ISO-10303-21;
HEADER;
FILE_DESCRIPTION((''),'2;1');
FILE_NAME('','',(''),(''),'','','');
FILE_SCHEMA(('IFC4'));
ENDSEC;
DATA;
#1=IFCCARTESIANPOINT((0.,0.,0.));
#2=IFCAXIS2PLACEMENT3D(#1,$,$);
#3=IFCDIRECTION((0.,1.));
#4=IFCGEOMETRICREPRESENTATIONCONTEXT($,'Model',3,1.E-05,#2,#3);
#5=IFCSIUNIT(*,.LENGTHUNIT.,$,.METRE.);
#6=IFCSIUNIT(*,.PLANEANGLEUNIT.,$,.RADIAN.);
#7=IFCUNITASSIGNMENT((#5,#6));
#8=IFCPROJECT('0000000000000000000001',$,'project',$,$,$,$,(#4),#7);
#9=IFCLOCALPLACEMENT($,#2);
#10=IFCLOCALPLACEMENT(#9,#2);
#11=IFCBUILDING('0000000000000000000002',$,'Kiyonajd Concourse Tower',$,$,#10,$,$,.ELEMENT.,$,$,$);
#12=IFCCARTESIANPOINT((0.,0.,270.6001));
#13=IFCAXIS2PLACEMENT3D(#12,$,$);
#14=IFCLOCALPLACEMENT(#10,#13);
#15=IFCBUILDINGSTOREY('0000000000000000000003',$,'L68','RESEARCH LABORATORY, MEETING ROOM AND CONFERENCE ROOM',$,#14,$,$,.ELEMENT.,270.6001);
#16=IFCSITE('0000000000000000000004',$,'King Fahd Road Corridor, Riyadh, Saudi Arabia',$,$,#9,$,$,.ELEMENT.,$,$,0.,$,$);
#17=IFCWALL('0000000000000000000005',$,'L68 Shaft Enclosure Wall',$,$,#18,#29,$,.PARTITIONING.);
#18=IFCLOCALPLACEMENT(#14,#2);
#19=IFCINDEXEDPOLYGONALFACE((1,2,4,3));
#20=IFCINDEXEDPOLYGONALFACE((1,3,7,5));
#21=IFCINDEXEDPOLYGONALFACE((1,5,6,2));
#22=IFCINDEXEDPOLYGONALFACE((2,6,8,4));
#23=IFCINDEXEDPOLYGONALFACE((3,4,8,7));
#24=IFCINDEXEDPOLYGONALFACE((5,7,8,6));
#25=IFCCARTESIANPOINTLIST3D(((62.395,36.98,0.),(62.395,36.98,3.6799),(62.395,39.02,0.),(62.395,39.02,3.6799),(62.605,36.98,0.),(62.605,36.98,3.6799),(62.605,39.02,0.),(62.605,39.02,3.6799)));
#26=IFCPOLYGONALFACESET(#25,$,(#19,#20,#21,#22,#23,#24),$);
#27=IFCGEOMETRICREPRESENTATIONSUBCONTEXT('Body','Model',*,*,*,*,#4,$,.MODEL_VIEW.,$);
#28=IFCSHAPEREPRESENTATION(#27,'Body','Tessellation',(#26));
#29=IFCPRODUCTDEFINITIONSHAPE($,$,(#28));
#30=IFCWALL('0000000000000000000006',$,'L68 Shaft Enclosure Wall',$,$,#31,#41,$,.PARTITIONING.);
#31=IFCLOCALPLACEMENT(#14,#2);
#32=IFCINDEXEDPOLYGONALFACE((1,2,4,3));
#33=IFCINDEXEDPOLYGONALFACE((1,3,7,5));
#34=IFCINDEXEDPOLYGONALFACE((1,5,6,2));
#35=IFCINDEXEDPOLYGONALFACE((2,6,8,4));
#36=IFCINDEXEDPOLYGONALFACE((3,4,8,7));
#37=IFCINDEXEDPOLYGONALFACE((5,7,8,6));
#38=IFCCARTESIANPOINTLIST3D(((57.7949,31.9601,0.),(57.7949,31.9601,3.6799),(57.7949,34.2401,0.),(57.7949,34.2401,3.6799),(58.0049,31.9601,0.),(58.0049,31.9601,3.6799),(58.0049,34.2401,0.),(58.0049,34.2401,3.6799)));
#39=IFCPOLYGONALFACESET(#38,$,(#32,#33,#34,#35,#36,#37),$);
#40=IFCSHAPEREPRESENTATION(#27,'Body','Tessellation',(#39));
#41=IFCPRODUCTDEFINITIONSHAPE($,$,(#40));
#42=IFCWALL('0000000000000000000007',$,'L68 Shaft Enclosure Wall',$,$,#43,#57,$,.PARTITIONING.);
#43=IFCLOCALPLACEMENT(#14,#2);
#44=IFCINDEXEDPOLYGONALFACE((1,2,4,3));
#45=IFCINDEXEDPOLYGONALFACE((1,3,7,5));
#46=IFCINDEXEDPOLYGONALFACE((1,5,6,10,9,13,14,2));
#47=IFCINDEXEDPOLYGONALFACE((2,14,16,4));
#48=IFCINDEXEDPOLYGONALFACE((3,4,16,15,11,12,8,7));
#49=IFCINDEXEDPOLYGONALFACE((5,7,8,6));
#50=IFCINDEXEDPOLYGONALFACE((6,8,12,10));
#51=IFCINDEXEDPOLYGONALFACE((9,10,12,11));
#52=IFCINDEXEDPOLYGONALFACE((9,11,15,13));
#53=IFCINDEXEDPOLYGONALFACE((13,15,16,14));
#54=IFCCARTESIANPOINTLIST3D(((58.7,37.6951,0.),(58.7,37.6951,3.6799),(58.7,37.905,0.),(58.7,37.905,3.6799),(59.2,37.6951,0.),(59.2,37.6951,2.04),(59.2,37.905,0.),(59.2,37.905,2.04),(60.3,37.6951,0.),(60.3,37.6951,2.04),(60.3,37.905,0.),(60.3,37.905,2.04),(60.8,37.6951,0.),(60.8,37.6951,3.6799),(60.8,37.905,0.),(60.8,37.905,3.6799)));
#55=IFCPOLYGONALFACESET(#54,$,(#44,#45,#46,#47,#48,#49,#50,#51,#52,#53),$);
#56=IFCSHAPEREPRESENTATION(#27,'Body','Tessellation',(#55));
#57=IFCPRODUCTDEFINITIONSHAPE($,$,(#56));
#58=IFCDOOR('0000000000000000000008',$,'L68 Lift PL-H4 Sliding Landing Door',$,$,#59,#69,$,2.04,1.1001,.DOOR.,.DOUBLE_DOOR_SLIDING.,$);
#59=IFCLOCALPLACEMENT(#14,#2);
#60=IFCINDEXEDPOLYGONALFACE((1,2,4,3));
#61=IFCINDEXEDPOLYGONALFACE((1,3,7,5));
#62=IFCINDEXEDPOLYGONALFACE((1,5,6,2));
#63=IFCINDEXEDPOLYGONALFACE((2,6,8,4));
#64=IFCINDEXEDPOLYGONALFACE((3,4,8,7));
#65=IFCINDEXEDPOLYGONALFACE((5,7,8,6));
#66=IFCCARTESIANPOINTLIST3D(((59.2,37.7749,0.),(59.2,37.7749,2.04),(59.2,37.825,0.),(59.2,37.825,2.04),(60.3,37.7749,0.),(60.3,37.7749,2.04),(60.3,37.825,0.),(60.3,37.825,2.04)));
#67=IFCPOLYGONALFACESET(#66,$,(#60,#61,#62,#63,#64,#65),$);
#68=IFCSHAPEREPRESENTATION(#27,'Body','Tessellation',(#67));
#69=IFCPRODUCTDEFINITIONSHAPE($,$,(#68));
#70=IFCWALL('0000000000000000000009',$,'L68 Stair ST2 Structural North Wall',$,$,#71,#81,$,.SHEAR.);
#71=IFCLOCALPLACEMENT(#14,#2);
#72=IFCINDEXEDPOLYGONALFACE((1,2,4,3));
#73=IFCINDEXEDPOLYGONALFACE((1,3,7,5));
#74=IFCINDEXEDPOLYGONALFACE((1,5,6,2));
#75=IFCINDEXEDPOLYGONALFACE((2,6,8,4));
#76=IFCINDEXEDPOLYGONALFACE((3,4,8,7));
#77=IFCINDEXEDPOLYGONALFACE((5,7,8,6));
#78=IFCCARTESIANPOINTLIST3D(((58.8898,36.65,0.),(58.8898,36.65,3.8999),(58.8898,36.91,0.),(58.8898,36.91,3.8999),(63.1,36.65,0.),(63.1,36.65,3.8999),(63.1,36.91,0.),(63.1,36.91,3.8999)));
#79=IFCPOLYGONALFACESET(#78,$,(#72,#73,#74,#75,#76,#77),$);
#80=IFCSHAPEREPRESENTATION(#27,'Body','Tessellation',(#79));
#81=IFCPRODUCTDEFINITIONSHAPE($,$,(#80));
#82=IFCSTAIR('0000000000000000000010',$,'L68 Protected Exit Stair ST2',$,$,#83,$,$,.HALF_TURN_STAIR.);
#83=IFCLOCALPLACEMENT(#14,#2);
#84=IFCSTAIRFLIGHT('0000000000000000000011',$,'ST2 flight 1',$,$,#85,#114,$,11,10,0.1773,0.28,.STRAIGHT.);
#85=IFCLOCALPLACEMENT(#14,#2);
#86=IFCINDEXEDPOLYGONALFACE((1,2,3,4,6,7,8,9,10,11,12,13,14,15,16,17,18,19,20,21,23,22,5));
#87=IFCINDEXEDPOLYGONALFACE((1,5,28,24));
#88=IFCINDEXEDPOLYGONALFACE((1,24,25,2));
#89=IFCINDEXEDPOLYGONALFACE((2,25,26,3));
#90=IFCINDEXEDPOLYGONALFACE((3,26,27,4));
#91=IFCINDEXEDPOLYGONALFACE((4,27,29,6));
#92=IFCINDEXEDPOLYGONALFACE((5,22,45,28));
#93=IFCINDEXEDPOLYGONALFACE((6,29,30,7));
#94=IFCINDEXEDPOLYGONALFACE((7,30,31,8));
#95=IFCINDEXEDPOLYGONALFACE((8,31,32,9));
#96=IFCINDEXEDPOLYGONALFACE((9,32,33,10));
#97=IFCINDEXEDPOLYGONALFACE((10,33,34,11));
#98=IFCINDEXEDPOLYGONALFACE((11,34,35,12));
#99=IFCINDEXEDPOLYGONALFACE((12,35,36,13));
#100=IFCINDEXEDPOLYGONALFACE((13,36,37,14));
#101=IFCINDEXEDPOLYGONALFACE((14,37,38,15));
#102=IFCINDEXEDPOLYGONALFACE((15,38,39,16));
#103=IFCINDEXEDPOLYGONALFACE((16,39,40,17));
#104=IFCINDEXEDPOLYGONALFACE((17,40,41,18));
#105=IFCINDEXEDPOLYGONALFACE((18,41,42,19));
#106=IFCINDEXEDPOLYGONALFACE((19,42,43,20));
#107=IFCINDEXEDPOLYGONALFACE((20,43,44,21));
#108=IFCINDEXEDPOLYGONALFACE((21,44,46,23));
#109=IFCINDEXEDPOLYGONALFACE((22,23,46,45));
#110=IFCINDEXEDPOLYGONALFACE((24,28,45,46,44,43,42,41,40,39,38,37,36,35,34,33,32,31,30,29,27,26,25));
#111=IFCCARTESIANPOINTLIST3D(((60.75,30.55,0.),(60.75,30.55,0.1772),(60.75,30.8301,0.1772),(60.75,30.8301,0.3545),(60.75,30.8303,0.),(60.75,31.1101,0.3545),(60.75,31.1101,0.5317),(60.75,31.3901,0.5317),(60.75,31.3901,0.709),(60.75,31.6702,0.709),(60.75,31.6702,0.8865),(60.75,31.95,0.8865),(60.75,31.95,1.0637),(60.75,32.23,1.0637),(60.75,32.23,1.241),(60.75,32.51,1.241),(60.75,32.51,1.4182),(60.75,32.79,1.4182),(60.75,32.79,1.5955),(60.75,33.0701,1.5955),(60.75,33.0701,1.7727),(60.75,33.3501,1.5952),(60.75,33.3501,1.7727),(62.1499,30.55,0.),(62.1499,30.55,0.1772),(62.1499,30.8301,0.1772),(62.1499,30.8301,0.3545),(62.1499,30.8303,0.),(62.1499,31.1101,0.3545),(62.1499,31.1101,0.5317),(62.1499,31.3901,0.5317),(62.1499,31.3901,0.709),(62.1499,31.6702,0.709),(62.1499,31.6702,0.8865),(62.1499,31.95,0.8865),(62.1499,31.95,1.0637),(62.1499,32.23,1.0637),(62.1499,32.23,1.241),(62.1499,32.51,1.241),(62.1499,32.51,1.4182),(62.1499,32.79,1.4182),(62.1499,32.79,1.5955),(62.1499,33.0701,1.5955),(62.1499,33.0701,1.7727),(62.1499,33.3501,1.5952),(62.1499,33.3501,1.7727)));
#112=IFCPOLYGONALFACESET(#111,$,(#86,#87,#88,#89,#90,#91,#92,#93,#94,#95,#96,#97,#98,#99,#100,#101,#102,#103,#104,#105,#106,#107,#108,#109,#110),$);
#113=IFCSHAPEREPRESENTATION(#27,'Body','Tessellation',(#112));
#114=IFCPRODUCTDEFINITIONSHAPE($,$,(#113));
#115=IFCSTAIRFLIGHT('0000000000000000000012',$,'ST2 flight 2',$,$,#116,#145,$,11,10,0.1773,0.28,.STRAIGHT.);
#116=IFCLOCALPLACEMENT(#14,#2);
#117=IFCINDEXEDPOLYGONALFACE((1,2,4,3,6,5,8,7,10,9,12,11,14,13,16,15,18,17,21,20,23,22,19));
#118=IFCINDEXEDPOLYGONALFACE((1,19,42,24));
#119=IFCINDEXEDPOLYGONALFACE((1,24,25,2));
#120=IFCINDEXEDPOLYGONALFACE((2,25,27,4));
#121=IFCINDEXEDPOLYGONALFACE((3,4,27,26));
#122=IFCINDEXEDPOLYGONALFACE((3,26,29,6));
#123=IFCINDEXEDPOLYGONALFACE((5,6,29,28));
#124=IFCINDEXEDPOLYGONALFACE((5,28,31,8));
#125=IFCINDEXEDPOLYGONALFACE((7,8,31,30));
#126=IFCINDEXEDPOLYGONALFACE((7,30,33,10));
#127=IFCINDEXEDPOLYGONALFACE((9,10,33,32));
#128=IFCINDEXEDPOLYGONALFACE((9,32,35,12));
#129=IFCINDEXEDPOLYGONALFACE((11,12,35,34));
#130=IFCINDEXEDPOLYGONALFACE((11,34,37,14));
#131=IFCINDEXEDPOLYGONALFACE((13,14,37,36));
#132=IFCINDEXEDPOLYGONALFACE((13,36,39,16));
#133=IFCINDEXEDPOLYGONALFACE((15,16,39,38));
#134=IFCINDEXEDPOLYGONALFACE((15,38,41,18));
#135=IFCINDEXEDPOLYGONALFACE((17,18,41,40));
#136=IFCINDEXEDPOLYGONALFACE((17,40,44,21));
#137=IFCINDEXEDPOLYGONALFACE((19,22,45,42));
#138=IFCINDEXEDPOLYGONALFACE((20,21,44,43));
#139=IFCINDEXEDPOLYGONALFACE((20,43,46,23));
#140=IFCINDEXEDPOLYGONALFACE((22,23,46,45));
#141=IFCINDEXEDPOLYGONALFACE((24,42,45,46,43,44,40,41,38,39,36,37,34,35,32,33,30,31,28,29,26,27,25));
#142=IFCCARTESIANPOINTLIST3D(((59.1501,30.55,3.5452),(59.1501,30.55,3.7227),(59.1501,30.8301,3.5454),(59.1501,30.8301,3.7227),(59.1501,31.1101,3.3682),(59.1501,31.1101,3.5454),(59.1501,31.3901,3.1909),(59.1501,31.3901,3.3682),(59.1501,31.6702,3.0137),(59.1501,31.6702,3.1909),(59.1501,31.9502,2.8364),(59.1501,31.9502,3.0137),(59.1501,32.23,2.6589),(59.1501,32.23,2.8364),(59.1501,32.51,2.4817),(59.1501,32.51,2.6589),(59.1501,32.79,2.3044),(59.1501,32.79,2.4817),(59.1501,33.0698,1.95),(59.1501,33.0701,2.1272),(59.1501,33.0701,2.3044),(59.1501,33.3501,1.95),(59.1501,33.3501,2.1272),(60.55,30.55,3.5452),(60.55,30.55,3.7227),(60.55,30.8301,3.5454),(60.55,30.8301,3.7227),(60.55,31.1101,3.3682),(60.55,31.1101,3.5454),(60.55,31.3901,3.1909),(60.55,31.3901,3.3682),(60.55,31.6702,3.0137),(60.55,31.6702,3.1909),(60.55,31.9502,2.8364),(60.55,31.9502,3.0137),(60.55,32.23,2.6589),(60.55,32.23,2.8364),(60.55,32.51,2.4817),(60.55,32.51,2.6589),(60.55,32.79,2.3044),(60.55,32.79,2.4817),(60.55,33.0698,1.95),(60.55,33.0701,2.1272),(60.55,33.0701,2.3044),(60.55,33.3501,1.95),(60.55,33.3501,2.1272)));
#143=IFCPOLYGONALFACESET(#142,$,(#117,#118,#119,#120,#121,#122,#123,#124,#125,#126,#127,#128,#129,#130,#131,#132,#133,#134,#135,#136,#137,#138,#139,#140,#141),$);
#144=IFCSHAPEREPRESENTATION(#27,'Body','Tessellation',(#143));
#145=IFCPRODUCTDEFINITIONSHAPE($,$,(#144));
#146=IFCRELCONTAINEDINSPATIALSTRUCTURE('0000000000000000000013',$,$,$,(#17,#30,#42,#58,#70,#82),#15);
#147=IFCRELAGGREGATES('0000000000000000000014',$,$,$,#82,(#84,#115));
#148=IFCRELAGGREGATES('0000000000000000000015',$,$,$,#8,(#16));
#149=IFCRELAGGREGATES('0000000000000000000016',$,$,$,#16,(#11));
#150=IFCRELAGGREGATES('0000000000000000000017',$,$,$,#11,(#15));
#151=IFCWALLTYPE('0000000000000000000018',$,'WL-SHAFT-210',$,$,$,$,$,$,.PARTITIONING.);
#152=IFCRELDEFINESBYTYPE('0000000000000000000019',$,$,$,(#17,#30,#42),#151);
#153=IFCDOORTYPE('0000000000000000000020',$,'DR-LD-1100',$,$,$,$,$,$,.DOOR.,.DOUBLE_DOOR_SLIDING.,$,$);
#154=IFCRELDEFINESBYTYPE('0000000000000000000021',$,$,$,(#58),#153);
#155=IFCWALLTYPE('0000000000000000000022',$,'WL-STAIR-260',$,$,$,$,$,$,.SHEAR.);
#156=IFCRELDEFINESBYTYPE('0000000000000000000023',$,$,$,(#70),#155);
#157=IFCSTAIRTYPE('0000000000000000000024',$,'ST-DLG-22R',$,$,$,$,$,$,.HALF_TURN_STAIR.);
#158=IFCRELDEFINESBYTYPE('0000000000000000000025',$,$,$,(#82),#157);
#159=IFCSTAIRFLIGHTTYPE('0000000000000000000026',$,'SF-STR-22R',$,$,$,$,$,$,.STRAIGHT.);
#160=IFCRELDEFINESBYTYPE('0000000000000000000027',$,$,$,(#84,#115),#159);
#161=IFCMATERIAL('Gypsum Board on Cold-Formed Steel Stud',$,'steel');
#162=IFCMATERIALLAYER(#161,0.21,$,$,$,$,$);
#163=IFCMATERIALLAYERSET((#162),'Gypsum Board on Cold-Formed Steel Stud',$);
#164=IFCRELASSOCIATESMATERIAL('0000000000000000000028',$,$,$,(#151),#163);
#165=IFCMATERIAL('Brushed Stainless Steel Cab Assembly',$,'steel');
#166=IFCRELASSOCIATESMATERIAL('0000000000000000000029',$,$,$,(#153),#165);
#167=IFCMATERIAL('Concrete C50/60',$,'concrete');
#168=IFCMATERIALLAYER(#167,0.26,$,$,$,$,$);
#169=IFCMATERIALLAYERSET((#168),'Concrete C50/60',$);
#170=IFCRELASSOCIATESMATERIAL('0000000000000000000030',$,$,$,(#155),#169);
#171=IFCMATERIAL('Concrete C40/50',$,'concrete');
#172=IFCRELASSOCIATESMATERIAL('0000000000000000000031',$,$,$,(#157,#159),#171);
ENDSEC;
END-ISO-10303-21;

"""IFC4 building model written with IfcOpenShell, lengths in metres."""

from ifc_helpers import new_model, si_unit, direction, frame, frame_2d, origin, place, context, subcontext, project, spatial, polyline, rectangle, outline, extrude, material, layer, layer_set, type_object, element, fill, aggregate, save


model = new_model("IFC4")

# Units and contexts
model_context = context("Model", 3, precision=1e-05, world=origin(), true_north=direction((0.0, 1.0)))
body_context = subcontext(model_context, "Body", "Model", "MODEL_VIEW")
ifc_project = project(units=[si_unit("LENGTHUNIT", "METRE"), si_unit("PLANEANGLEUNIT", "RADIAN")], contexts=[model_context])

# Site, building, storey
site_placement = place(None, origin())
site = spatial("IfcSite", under=ifc_project, at=site_placement, Name="King Fahd Road Corridor, Riyadh, Saudi Arabia", CompositionType="ELEMENT", RefElevation=0.0)
building_placement = place(site_placement, origin())
building = spatial("IfcBuilding", under=site, at=building_placement, Name="Kiyonajd Concourse Tower", CompositionType="ELEMENT")
storey_placement = place(building_placement, frame((0.0, 0.0, 270.6001)))
storey = spatial("IfcBuildingStorey", under=building, at=storey_placement, Name="L68", Description="RESEARCH LABORATORY, MEETING ROOM AND CONFERENCE ROOM", CompositionType="ELEMENT", Elevation=270.6001)

# Shared definitions
ifc_material_1 = material(Name="Concrete C50/60", Category="concrete")

# Walls
ifc_material_2 = material(Name="Gypsum Board on Cold-Formed Steel Stud", Category="steel")
ifc_layer_1 = layer(ifc_material_2, 0.21)
ifc_layer_set_1 = layer_set([ifc_layer_1], Name="Gypsum Board on Cold-Formed Steel Stud")
wall_type_1 = type_object("IfcWallType", Name="WL-SHAFT-210", PredefinedType="PARTITIONING", material=ifc_layer_set_1)
wall_1_placement = place(storey_placement, frame((62.5, 36.98, 0.0), z_axis=(0.0, 0.0, 1.0), x_axis=(0.0, 1.0, 0.0)))
element("IfcWall", 1, at=wall_1_placement, inside=storey, type_object=wall_type_1, Name="L68 Shaft Enclosure Wall", PredefinedType="PARTITIONING", context=body_context, shape_type="SweptSolid", body=[
    extrude(rectangle(XDim=2.04, YDim=0.21, at=frame_2d((1.02, 0.0))), origin(), (0.0, 0.0, 1.0), 3.6799),
])
wall_2_placement = place(storey_placement, frame((57.8999, 31.96, 0.0), z_axis=(0.0, 0.0, 1.0), x_axis=(0.0, 1.0, 0.0)))
element("IfcWall", 2, at=wall_2_placement, inside=storey, type_object=wall_type_1, Name="L68 Shaft Enclosure Wall", PredefinedType="PARTITIONING", context=body_context, shape_type="SweptSolid", body=[
    extrude(rectangle(XDim=2.28, YDim=0.21, at=frame_2d((1.1401, 0.0))), origin(), (0.0, 0.0, 1.0), 3.6799),
])

# Wall, opening, door
wall_3_placement = place(storey_placement, frame((58.7, 37.8, 0.0), z_axis=(0.0, 0.0, 1.0), x_axis=(1.0, 0.0, 0.0)))
wall_3 = element("IfcWall", 3, at=wall_3_placement, inside=storey, type_object=wall_type_1, Name="L68 Shaft Enclosure Wall", PredefinedType="PARTITIONING", context=body_context, shape_type="SweptSolid", body=[
    extrude(rectangle(XDim=2.1001, YDim=0.21, at=frame_2d((1.05, 0.0))), origin(), (0.0, 0.0, 1.0), 3.6799),
])
opening_1_placement = place(wall_3_placement, frame((0.5, 0.0, 0.0)))
opening_1 = element("IfcOpeningElement", 4, at=opening_1_placement, cuts=wall_3, PredefinedType="OPENING", context=body_context, shape_type="SweptSolid", body=[
    extrude(rectangle(XDim=1.1001, YDim=2.04, at=frame_2d((0.55, 1.02))), frame((0.0, 0.115, 0.0), z_axis=(0.0, -1.0, 0.0), x_axis=(1.0, 0.0, 0.0)), (0.0, 0.0, 1.0), 0.23),
])
ifc_material_3 = material(Name="Brushed Stainless Steel Cab Assembly", Category="steel")
door_type = type_object("IfcDoorType", Name="DR-LD-1100", OperationType="DOUBLE_DOOR_SLIDING", PredefinedType="DOOR", material=ifc_material_3)
door_placement = place(opening_1_placement, origin())
door = element("IfcDoor", 5, at=door_placement, inside=storey, type_object=door_type, Name="L68 Lift PL-H4 Sliding Landing Door", OperationType="DOUBLE_DOOR_SLIDING", OverallHeight=2.04, OverallWidth=1.1001, PredefinedType="DOOR", context=body_context, shape_type="SweptSolid", body=[
    extrude(rectangle(XDim=1.1001, YDim=2.04, at=frame_2d((0.55, 1.02))), frame((0.0, 0.0249, 0.0), z_axis=(0.0, -1.0, 0.0), x_axis=(1.0, 0.0, 0.0)), (0.0, 0.0, 1.0), 0.05),
])
fill(opening_1, door)

# Wall
ifc_layer_2 = layer(ifc_material_1, 0.26)
ifc_layer_set_2 = layer_set([ifc_layer_2], Name="Concrete C50/60")
wall_type_2 = type_object("IfcWallType", Name="WL-STAIR-260", PredefinedType="SHEAR", material=ifc_layer_set_2)
wall_4_placement = place(storey_placement, frame((58.8899, 36.78, 0.0), z_axis=(0.0, 0.0, 1.0), x_axis=(1.0, 0.0, 0.0)))
element("IfcWall", 6, at=wall_4_placement, inside=storey, type_object=wall_type_2, Name="L68 Stair ST2 Structural North Wall", PredefinedType="SHEAR", context=body_context, shape_type="SweptSolid", body=[
    extrude(rectangle(XDim=4.2102, YDim=0.26, at=frame_2d((2.105, 0.0))), origin(), (0.0, 0.0, 1.0), 3.8999),
])

# Stair, stair flights
ifc_material_4 = material(Name="Concrete C40/50", Category="concrete")
stair_type = type_object("IfcStairType", Name="ST-DLG-22R", PredefinedType="HALF_TURN_STAIR", material=ifc_material_4)
stair_placement = place(storey_placement, origin())
stair = element("IfcStair", 7, at=stair_placement, inside=storey, type_object=stair_type, Name="L68 Protected Exit Stair ST2", PredefinedType="HALF_TURN_STAIR")
stair_flight_type = type_object("IfcStairFlightType", Name="SF-STR-22R", PredefinedType="STRAIGHT", material=ifc_material_4)
stair_flight_1_placement = place(storey_placement, frame((61.45, 30.55, 0.0), z_axis=(0.0, 0.0, 1.0), x_axis=(0.0, 1.0, 0.0)))
stair_flight_1 = element("IfcStairFlight", 8, at=stair_flight_1_placement, type_object=stair_flight_type, Name="ST2 flight 1", NumberOfRisers=11, NumberOfTreads=10, PredefinedType="STRAIGHT", RiserHeight=0.1773, TreadLength=0.28, context=body_context, shape_type="SweptSolid", body=[
    extrude(outline(polyline([(0.0, 0.0), (0.0, 0.1772), (0.28, 0.1772), (0.28, 0.3545), (0.5601, 0.3545), (0.5601, 0.5317), (0.8401, 0.5317), (0.8401, 0.709), (1.1201, 0.709), (1.1201, 0.8865), (1.3999, 0.8865), (1.3999, 1.0637), (1.6799, 1.0637), (1.6799, 1.241), (1.96, 1.241), (1.96, 1.4182), (2.24, 1.4182), (2.24, 1.5955), (2.52, 1.5955), (2.52, 1.7727), (2.8, 1.7727), (2.8, 1.95), (2.8, 1.5952), (0.2803, 0.0), (0.0, 0.0)])), frame((0.0, 0.7, 0.0), z_axis=(0.0, -1.0, 0.0), x_axis=(1.0, 0.0, 0.0)), (0.0, 0.0, 1.0), 1.3999),
])
stair_flight_2_placement = place(storey_placement, frame((59.8501, 33.3501, 1.95), z_axis=(0.0, 0.0, 1.0), x_axis=(0.0, -1.0, 0.0)))
stair_flight_2 = element("IfcStairFlight", 9, at=stair_flight_2_placement, type_object=stair_flight_type, Name="ST2 flight 2", NumberOfRisers=11, NumberOfTreads=10, PredefinedType="STRAIGHT", RiserHeight=0.1773, TreadLength=0.28, context=body_context, shape_type="SweptSolid", body=[
    extrude(outline(polyline([(0.0, 0.0), (0.0, 0.1772), (0.28, 0.1772), (0.28, 0.3545), (0.5601, 0.3545), (0.5601, 0.5317), (0.8401, 0.5317), (0.8401, 0.709), (1.1201, 0.709), (1.1201, 0.8865), (1.3999, 0.8865), (1.3999, 1.0637), (1.6799, 1.0637), (1.6799, 1.241), (1.96, 1.241), (1.96, 1.4182), (2.24, 1.4182), (2.24, 1.5955), (2.52, 1.5955), (2.52, 1.7727), (2.8, 1.7727), (2.8, 1.95), (2.8, 1.5952), (0.2803, 0.0), (0.0, 0.0)])), frame((0.0, 0.7, 0.0), z_axis=(0.0, -1.0, 0.0), x_axis=(1.0, 0.0, 0.0)), (0.0, 0.0, 1.0), 1.3999),
])
aggregate(stair, [stair_flight_1, stair_flight_2])

save(model, "model.ifc")
